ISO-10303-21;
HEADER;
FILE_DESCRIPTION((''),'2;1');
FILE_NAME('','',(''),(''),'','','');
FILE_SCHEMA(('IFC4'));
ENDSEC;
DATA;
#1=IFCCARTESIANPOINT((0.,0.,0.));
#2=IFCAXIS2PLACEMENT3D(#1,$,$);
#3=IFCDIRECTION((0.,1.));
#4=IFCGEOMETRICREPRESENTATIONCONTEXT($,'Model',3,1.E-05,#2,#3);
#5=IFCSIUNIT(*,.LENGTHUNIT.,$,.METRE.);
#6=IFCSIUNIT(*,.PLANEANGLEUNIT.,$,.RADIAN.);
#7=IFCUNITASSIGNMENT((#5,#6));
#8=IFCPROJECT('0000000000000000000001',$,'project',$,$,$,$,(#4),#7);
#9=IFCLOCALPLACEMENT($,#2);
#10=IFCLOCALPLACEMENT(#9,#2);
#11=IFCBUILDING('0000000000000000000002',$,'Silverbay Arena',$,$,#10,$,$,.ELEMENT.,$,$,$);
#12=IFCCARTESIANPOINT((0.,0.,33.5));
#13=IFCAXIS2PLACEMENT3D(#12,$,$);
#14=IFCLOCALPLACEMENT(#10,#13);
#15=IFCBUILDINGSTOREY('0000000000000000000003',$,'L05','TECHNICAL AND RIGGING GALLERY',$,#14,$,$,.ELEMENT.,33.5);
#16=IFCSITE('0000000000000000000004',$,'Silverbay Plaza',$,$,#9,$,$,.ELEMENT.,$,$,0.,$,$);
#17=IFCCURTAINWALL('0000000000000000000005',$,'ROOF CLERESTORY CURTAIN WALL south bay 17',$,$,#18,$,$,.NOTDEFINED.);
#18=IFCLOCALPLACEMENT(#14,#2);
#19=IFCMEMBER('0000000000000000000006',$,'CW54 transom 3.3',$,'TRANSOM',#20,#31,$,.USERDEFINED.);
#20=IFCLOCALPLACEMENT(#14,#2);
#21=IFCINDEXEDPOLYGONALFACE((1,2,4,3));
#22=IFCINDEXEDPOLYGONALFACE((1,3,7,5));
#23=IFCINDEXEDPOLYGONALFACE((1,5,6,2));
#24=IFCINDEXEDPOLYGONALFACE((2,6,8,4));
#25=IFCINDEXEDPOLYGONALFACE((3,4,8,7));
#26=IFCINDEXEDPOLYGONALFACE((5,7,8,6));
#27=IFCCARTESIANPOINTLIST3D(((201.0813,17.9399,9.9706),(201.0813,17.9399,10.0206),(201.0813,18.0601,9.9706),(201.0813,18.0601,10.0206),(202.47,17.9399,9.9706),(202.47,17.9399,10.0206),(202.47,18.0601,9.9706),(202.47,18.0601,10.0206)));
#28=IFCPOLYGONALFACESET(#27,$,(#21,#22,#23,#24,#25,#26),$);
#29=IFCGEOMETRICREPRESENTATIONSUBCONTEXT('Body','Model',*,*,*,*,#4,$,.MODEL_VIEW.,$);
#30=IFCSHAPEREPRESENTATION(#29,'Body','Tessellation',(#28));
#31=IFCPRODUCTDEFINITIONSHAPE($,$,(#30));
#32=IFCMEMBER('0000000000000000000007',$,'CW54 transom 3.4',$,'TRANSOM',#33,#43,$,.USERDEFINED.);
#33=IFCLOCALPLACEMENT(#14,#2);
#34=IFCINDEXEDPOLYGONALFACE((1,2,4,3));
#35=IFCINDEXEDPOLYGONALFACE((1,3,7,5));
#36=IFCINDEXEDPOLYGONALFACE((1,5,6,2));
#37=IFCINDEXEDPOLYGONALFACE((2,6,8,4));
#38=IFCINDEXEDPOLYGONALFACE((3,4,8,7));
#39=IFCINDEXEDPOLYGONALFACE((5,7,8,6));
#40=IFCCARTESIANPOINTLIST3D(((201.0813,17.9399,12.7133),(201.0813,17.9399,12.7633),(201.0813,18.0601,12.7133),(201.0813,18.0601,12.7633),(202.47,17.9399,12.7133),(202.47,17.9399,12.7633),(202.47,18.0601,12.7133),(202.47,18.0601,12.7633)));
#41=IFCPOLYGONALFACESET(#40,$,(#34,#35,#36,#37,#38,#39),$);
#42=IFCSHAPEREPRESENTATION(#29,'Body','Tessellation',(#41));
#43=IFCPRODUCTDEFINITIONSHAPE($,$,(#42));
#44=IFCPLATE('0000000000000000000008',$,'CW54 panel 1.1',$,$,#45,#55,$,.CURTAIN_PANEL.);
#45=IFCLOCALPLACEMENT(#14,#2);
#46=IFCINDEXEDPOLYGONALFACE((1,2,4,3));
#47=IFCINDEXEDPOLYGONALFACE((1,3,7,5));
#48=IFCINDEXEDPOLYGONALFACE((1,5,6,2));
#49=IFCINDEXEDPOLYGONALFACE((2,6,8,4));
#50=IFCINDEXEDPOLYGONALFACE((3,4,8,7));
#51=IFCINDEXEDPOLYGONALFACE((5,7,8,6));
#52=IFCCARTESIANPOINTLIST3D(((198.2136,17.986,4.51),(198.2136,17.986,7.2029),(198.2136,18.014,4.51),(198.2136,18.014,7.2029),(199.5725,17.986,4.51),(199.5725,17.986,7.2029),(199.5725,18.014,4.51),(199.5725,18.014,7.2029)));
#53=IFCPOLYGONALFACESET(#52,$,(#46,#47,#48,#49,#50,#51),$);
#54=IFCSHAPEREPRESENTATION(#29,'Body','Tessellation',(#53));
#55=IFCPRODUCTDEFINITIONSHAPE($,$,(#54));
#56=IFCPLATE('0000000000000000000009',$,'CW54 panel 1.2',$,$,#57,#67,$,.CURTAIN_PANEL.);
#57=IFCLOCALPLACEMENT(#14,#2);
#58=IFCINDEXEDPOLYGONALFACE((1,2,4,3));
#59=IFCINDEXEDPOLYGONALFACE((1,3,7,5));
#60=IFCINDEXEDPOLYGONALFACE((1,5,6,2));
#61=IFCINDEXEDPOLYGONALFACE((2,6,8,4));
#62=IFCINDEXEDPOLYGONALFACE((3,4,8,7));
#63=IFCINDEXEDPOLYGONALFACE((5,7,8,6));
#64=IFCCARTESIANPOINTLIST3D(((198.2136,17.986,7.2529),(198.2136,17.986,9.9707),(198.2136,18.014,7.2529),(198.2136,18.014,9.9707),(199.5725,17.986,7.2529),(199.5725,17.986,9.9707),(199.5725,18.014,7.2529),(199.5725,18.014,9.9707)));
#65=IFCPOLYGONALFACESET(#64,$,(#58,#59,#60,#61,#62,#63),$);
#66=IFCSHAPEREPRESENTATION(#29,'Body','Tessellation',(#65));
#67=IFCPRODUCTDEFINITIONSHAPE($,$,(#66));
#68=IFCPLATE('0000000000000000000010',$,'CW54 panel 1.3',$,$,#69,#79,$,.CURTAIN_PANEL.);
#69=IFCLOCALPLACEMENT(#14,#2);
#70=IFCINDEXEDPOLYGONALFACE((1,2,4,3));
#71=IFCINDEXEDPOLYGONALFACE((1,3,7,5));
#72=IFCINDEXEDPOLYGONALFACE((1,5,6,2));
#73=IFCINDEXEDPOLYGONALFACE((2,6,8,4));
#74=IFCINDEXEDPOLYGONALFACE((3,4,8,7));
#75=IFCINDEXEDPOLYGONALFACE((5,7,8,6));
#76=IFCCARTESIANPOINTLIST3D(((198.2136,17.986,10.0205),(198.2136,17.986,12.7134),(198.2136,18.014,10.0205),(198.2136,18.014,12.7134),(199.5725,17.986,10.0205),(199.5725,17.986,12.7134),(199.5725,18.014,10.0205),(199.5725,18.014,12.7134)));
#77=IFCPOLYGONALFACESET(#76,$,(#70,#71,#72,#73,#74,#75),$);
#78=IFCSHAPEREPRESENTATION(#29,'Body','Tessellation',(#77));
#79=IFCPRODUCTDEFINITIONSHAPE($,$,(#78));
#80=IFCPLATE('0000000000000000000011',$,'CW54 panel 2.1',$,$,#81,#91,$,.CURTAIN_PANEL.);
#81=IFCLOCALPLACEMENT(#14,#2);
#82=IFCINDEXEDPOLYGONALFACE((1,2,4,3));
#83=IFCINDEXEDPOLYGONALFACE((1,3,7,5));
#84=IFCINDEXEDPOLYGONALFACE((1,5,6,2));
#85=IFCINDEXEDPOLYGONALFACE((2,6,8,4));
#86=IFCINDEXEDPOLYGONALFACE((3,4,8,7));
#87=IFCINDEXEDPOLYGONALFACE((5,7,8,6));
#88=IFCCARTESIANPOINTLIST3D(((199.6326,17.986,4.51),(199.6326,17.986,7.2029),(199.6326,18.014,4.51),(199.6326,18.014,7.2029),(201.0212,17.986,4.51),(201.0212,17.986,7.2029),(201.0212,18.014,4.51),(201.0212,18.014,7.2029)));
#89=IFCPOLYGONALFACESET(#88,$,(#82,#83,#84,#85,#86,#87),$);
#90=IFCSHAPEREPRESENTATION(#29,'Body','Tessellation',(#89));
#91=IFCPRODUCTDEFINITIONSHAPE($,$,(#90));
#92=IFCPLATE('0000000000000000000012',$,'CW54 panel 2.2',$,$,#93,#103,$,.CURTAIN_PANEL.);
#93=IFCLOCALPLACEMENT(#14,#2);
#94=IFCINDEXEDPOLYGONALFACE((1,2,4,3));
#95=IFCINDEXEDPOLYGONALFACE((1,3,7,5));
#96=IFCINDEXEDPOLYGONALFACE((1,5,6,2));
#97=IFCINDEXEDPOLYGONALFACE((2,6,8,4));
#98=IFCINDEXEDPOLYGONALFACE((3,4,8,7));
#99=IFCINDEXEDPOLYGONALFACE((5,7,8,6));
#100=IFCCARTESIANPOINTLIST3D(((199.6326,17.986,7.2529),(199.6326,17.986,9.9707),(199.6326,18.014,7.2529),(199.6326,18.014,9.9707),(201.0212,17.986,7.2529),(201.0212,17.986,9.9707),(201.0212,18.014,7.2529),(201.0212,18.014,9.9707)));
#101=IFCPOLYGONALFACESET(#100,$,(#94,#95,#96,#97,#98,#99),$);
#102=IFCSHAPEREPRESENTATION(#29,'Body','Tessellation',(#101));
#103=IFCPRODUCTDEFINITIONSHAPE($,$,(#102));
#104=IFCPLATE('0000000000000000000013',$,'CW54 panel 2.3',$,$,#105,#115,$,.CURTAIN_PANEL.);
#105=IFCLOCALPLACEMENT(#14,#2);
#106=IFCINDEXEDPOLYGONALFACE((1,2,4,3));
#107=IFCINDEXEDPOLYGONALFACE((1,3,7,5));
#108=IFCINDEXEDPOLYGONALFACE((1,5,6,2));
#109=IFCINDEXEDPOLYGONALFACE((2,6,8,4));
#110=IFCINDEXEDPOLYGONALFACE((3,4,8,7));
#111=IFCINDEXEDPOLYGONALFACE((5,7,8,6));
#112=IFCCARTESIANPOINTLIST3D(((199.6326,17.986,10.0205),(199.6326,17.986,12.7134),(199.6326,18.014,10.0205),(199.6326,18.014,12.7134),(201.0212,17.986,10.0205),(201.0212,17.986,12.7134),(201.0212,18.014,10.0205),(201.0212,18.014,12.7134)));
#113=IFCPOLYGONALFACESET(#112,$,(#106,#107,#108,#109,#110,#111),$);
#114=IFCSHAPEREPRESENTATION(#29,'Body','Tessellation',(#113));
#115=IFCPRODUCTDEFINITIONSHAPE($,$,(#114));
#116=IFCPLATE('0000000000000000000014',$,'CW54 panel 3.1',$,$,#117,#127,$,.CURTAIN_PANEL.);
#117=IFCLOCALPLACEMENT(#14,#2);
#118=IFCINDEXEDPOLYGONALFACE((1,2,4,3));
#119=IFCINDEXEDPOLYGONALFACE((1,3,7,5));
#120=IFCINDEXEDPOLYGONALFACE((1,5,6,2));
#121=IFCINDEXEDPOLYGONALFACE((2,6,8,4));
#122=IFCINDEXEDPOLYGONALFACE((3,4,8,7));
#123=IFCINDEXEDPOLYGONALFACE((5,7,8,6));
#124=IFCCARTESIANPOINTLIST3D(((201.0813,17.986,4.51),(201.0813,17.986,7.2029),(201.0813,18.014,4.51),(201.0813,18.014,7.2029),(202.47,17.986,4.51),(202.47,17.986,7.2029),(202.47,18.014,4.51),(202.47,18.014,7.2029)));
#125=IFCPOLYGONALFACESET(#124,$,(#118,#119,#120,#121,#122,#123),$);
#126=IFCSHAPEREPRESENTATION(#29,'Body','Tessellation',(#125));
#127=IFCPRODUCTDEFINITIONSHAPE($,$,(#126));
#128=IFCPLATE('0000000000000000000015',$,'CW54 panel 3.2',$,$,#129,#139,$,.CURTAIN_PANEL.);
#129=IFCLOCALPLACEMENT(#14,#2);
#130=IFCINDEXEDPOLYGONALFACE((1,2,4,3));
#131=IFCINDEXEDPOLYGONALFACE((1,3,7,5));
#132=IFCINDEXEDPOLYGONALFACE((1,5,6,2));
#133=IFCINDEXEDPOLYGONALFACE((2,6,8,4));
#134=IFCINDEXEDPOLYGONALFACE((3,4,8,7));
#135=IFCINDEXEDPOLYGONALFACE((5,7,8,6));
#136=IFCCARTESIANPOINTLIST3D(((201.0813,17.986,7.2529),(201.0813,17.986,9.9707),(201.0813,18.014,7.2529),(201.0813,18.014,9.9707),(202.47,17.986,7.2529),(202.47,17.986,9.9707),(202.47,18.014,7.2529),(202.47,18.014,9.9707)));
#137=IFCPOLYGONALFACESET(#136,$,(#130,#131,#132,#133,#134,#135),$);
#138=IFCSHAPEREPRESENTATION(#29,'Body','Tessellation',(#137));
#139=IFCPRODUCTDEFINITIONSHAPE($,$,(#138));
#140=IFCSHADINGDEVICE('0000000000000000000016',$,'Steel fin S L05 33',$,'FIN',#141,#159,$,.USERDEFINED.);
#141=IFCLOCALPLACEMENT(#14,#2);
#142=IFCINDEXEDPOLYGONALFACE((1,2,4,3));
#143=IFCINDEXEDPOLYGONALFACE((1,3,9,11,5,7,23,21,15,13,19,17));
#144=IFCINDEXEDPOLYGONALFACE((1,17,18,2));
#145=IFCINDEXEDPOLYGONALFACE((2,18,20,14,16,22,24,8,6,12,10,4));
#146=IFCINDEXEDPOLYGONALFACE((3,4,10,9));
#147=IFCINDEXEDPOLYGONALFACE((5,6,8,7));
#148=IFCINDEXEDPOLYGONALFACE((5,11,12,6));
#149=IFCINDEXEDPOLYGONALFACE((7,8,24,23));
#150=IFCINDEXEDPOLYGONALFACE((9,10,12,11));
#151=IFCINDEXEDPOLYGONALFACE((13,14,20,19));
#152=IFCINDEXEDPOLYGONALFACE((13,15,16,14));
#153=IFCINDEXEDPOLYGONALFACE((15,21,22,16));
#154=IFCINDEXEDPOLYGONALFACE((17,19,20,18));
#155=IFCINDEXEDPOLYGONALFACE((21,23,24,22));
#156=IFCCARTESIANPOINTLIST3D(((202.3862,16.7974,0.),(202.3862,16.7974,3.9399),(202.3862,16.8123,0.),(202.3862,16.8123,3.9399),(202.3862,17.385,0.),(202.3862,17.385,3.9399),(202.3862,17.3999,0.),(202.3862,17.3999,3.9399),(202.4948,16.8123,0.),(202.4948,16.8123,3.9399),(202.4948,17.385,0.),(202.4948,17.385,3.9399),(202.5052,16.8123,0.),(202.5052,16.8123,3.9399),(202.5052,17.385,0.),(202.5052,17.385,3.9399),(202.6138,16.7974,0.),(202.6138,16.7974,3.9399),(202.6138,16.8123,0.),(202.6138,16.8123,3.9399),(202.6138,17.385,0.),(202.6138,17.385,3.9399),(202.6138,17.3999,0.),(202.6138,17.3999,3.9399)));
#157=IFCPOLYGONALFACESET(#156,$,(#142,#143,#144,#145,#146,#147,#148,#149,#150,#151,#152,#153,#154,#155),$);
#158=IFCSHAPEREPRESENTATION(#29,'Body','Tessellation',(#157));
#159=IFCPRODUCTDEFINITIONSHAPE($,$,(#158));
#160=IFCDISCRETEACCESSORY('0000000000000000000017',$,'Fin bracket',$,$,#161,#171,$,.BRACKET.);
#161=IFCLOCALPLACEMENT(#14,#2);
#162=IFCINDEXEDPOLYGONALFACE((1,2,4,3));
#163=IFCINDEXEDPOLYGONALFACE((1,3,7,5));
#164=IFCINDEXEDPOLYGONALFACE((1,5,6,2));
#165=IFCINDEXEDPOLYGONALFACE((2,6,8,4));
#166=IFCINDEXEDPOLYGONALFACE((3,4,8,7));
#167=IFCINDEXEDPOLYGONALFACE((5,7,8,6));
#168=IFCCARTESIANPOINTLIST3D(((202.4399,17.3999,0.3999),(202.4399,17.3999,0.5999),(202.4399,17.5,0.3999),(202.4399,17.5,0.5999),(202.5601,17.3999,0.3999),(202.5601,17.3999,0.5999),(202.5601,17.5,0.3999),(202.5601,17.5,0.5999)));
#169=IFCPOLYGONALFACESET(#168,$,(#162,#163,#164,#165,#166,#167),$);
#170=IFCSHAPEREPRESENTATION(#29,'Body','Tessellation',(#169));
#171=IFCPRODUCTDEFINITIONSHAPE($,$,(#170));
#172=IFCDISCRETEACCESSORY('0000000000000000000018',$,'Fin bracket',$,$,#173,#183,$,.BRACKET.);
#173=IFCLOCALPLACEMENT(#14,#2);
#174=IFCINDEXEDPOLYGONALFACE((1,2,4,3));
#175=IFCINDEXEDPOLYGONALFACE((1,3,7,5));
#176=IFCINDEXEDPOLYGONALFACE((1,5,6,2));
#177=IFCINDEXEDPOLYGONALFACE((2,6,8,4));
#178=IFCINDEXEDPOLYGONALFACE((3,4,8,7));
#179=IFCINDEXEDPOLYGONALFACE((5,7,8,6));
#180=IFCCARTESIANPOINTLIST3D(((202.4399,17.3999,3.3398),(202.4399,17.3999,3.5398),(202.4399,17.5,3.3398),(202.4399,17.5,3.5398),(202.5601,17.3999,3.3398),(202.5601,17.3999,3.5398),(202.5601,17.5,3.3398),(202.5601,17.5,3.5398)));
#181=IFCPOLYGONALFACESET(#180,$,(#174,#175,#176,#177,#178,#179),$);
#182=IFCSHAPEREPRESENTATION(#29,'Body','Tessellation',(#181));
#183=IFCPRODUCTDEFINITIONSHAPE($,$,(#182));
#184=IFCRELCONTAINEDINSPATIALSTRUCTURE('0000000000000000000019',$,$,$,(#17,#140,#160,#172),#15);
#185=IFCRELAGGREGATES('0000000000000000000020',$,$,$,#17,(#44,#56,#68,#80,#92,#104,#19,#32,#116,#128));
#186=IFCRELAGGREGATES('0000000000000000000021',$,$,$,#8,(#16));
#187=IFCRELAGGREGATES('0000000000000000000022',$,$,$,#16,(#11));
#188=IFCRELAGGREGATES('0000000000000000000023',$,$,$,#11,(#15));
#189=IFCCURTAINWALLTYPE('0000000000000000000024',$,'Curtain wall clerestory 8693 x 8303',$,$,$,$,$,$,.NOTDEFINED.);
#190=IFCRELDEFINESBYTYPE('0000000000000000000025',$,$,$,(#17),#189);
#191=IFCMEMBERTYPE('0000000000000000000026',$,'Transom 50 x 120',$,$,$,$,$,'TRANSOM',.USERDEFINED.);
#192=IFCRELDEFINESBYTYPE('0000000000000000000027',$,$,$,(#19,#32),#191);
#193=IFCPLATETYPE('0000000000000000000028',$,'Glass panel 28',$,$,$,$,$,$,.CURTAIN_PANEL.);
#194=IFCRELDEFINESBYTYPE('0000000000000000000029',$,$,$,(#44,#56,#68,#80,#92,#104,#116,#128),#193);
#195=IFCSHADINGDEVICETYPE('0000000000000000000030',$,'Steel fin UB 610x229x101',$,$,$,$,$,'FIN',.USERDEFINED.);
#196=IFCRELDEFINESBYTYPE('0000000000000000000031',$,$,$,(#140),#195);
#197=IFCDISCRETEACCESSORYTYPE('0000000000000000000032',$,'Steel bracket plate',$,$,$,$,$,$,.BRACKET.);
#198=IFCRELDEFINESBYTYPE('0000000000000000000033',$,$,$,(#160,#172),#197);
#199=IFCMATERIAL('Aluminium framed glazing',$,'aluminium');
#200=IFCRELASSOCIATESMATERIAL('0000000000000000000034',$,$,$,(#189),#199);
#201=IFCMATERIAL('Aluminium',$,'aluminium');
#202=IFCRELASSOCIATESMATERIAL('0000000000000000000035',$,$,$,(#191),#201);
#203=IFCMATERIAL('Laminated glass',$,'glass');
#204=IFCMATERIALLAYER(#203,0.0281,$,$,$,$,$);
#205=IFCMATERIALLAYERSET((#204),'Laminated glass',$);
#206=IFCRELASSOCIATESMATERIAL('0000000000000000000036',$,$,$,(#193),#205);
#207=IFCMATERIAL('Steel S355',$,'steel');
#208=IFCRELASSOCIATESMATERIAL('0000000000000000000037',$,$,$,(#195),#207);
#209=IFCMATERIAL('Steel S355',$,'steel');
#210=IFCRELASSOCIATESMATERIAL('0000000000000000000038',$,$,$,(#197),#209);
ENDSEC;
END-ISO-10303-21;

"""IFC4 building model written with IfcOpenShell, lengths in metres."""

from ifc_helpers import new_model, si_unit, direction, frame, origin, origin_2d, place, context, subcontext, project, spatial, rectangle, i_section, extrude, material, layer, layer_set, material_profile, profile_set, type_object, element, aggregate, save


model = new_model("IFC4")

# Units and contexts
model_context = context("Model", 3, precision=1e-05, world=origin(), true_north=direction((0.0, 1.0)))
body_context = subcontext(model_context, "Body", "Model", "MODEL_VIEW")
ifc_project = project(units=[si_unit("LENGTHUNIT", "METRE"), si_unit("PLANEANGLEUNIT", "RADIAN")], contexts=[model_context])

# Site, building, storey
site_placement = place(None, origin())
site = spatial("IfcSite", under=ifc_project, at=site_placement, Name="Silverbay Plaza", CompositionType="ELEMENT", RefElevation=0.0)
building_placement = place(site_placement, origin())
building = spatial("IfcBuilding", under=site, at=building_placement, Name="Silverbay Arena", CompositionType="ELEMENT")
storey_placement = place(building_placement, frame((0.0, 0.0, 33.5)))
storey = spatial("IfcBuildingStorey", under=building, at=storey_placement, Name="L05", Description="TECHNICAL AND RIGGING GALLERY", CompositionType="ELEMENT", Elevation=33.5)

# Curtain wall
ifc_material_1 = material(Name="Aluminium framed glazing", Category="aluminium")
curtain_wall_type = type_object("IfcCurtainWallType", Name="Curtain wall clerestory 8693 x 8303", PredefinedType="NOTDEFINED", material=ifc_material_1)
curtain_wall_placement = place(storey_placement, origin())
curtain_wall = element("IfcCurtainWall", 1, at=curtain_wall_placement, inside=storey, type_object=curtain_wall_type, Name="ROOF CLERESTORY CURTAIN WALL south bay 17", PredefinedType="NOTDEFINED")

# Members
ifc_material_2 = material(Name="Aluminium", Category="aluminium")
ifc_material_profile_1 = material_profile(ifc_material_2, rectangle(XDim=0.1201, YDim=0.05, at=origin_2d()), Name="Transom 50 x 120")
ifc_profile_set_1 = profile_set([ifc_material_profile_1], Name="Aluminium")
member_type_1 = type_object("IfcMemberType", Name="Transom 50 x 120", ElementType="TRANSOM", PredefinedType="USERDEFINED", material=ifc_profile_set_1)
member_1_placement = place(storey_placement, frame((201.0813, 18.0, 9.9956), z_axis=(1.0, 0.0, 0.0), x_axis=(0.0, 1.0, 0.0)))
member_1 = element("IfcMember", 2, at=member_1_placement, type_object=member_type_1, Name="CW54 transom 3.3", ObjectType="TRANSOM", PredefinedType="USERDEFINED", context=body_context, shape_type="SweptSolid", body=[
    extrude(rectangle(XDim=0.1201, YDim=0.05, at=origin_2d()), origin(), (0.0, 0.0, 1.0), 1.3887),
])
member_2_placement = place(storey_placement, frame((201.0813, 18.0, 12.7383), z_axis=(1.0, 0.0, 0.0), x_axis=(0.0, 1.0, 0.0)))
member_2 = element("IfcMember", 3, at=member_2_placement, type_object=member_type_1, Name="CW54 transom 3.4", ObjectType="TRANSOM", PredefinedType="USERDEFINED", context=body_context, shape_type="SweptSolid", body=[
    extrude(rectangle(XDim=0.1201, YDim=0.05, at=origin_2d()), origin(), (0.0, 0.0, 1.0), 1.3887),
])

# Plates
ifc_material_3 = material(Name="Laminated glass", Category="glass")
ifc_layer = layer(ifc_material_3, 0.0281)
ifc_layer_set = layer_set([ifc_layer], Name="Laminated glass")
plate_type = type_object("IfcPlateType", Name="Glass panel 28", PredefinedType="CURTAIN_PANEL", material=ifc_layer_set)
plate_1_placement = place(storey_placement, frame((198.8931, 18.0, 4.51), z_axis=(0.0, 0.0, 1.0), x_axis=(1.0, 0.0, 0.0)))
plate_1 = element("IfcPlate", 4, at=plate_1_placement, type_object=plate_type, Name="CW54 panel 1.1", PredefinedType="CURTAIN_PANEL", context=body_context, shape_type="SweptSolid", body=[
    extrude(rectangle(XDim=1.3589, YDim=0.0281, at=origin_2d()), origin(), (0.0, 0.0, 1.0), 2.6929),
])
plate_2_placement = place(storey_placement, frame((198.8931, 18.0, 7.2529), z_axis=(0.0, 0.0, 1.0), x_axis=(1.0, 0.0, 0.0)))
plate_2 = element("IfcPlate", 5, at=plate_2_placement, type_object=plate_type, Name="CW54 panel 1.2", PredefinedType="CURTAIN_PANEL", context=body_context, shape_type="SweptSolid", body=[
    extrude(rectangle(XDim=1.3589, YDim=0.0281, at=origin_2d()), origin(), (0.0, 0.0, 1.0), 2.7178),
])
plate_3_placement = place(storey_placement, frame((198.8931, 18.0, 10.0205), z_axis=(0.0, 0.0, 1.0), x_axis=(1.0, 0.0, 0.0)))
plate_3 = element("IfcPlate", 6, at=plate_3_placement, type_object=plate_type, Name="CW54 panel 1.3", PredefinedType="CURTAIN_PANEL", context=body_context, shape_type="SweptSolid", body=[
    extrude(rectangle(XDim=1.3589, YDim=0.0281, at=origin_2d()), origin(), (0.0, 0.0, 1.0), 2.6929),
])
plate_4_placement = place(storey_placement, frame((200.3269, 18.0, 4.51), z_axis=(0.0, 0.0, 1.0), x_axis=(1.0, 0.0, 0.0)))
plate_4 = element("IfcPlate", 7, at=plate_4_placement, type_object=plate_type, Name="CW54 panel 2.1", PredefinedType="CURTAIN_PANEL", context=body_context, shape_type="SweptSolid", body=[
    extrude(rectangle(XDim=1.3887, YDim=0.0281, at=origin_2d()), origin(), (0.0, 0.0, 1.0), 2.6929),
])
plate_5_placement = place(storey_placement, frame((200.3269, 18.0, 7.2529), z_axis=(0.0, 0.0, 1.0), x_axis=(1.0, 0.0, 0.0)))
plate_5 = element("IfcPlate", 8, at=plate_5_placement, type_object=plate_type, Name="CW54 panel 2.2", PredefinedType="CURTAIN_PANEL", context=body_context, shape_type="SweptSolid", body=[
    extrude(rectangle(XDim=1.3887, YDim=0.0281, at=origin_2d()), origin(), (0.0, 0.0, 1.0), 2.7178),
])
plate_6_placement = place(storey_placement, frame((200.3269, 18.0, 10.0205), z_axis=(0.0, 0.0, 1.0), x_axis=(1.0, 0.0, 0.0)))
plate_6 = element("IfcPlate", 9, at=plate_6_placement, type_object=plate_type, Name="CW54 panel 2.3", PredefinedType="CURTAIN_PANEL", context=body_context, shape_type="SweptSolid", body=[
    extrude(rectangle(XDim=1.3887, YDim=0.0281, at=origin_2d()), origin(), (0.0, 0.0, 1.0), 2.6929),
])
plate_7_placement = place(storey_placement, frame((201.7756, 18.0, 4.51), z_axis=(0.0, 0.0, 1.0), x_axis=(1.0, 0.0, 0.0)))
plate_7 = element("IfcPlate", 10, at=plate_7_placement, type_object=plate_type, Name="CW54 panel 3.1", PredefinedType="CURTAIN_PANEL", context=body_context, shape_type="SweptSolid", body=[
    extrude(rectangle(XDim=1.3887, YDim=0.0281, at=origin_2d()), origin(), (0.0, 0.0, 1.0), 2.6929),
])
plate_8_placement = place(storey_placement, frame((201.7756, 18.0, 7.2529), z_axis=(0.0, 0.0, 1.0), x_axis=(1.0, 0.0, 0.0)))
plate_8 = element("IfcPlate", 11, at=plate_8_placement, type_object=plate_type, Name="CW54 panel 3.2", PredefinedType="CURTAIN_PANEL", context=body_context, shape_type="SweptSolid", body=[
    extrude(rectangle(XDim=1.3887, YDim=0.0281, at=origin_2d()), origin(), (0.0, 0.0, 1.0), 2.7178),
])
aggregate(curtain_wall, [plate_1, plate_2, plate_3, plate_4, plate_5, plate_6, member_1, member_2, plate_7, plate_8])

# Shading device
ifc_material_4 = material(Name="Steel S355", Category="steel")
ifc_material_profile_2 = material_profile(ifc_material_4, i_section(OverallWidth=0.2275, OverallDepth=0.6025, WebThickness=0.0105, FlangeThickness=0.0149, at=origin_2d()), Name="UB 610x229x101")
ifc_profile_set_2 = profile_set([ifc_material_profile_2], Name="Steel S355")
shading_device_type = type_object("IfcShadingDeviceType", Name="Steel fin UB 610x229x101", ElementType="FIN", PredefinedType="USERDEFINED", material=ifc_profile_set_2)
shading_device_placement = place(storey_placement, frame((202.5, 17.0986, 0.0), z_axis=(0.0, 0.0, 1.0), x_axis=(1.0, 0.0, 0.0)))
element("IfcShadingDevice", 12, at=shading_device_placement, inside=storey, type_object=shading_device_type, Name="Steel fin S L05 33", ObjectType="FIN", PredefinedType="USERDEFINED", context=body_context, shape_type="SweptSolid", body=[
    extrude(i_section(OverallWidth=0.2275, OverallDepth=0.6025, WebThickness=0.0105, FlangeThickness=0.0149, at=origin_2d()), origin(), (0.0, 0.0, 1.0), 3.9399),
])

# Discrete accessories
ifc_material_5 = material(Name="Steel S355", Category="steel")
discrete_accessory_type = type_object("IfcDiscreteAccessoryType", Name="Steel bracket plate", PredefinedType="BRACKET", material=ifc_material_5)
for number, where, z_axis, x_axis, name in (
    (13, (202.5, 17.45, 0.3999), (0.0, 0.0, 1.0), (1.0, 0.0, 0.0), "Fin bracket"),
    (14, (202.5, 17.45, 3.3398), (0.0, 0.0, 1.0), (1.0, 0.0, 0.0), "Fin bracket"),
):
    element("IfcDiscreteAccessory", number, at=place(storey_placement, frame(where, z_axis=z_axis, x_axis=x_axis)), inside=storey, type_object=discrete_accessory_type, Name=name, PredefinedType="BRACKET", context=body_context, shape_type="SweptSolid", body=[
        extrude(rectangle(XDim=0.1201, YDim=0.1001, at=origin_2d()), origin(), (0.0, 0.0, 1.0), 0.2),
    ])

save(model, "model.ifc")
